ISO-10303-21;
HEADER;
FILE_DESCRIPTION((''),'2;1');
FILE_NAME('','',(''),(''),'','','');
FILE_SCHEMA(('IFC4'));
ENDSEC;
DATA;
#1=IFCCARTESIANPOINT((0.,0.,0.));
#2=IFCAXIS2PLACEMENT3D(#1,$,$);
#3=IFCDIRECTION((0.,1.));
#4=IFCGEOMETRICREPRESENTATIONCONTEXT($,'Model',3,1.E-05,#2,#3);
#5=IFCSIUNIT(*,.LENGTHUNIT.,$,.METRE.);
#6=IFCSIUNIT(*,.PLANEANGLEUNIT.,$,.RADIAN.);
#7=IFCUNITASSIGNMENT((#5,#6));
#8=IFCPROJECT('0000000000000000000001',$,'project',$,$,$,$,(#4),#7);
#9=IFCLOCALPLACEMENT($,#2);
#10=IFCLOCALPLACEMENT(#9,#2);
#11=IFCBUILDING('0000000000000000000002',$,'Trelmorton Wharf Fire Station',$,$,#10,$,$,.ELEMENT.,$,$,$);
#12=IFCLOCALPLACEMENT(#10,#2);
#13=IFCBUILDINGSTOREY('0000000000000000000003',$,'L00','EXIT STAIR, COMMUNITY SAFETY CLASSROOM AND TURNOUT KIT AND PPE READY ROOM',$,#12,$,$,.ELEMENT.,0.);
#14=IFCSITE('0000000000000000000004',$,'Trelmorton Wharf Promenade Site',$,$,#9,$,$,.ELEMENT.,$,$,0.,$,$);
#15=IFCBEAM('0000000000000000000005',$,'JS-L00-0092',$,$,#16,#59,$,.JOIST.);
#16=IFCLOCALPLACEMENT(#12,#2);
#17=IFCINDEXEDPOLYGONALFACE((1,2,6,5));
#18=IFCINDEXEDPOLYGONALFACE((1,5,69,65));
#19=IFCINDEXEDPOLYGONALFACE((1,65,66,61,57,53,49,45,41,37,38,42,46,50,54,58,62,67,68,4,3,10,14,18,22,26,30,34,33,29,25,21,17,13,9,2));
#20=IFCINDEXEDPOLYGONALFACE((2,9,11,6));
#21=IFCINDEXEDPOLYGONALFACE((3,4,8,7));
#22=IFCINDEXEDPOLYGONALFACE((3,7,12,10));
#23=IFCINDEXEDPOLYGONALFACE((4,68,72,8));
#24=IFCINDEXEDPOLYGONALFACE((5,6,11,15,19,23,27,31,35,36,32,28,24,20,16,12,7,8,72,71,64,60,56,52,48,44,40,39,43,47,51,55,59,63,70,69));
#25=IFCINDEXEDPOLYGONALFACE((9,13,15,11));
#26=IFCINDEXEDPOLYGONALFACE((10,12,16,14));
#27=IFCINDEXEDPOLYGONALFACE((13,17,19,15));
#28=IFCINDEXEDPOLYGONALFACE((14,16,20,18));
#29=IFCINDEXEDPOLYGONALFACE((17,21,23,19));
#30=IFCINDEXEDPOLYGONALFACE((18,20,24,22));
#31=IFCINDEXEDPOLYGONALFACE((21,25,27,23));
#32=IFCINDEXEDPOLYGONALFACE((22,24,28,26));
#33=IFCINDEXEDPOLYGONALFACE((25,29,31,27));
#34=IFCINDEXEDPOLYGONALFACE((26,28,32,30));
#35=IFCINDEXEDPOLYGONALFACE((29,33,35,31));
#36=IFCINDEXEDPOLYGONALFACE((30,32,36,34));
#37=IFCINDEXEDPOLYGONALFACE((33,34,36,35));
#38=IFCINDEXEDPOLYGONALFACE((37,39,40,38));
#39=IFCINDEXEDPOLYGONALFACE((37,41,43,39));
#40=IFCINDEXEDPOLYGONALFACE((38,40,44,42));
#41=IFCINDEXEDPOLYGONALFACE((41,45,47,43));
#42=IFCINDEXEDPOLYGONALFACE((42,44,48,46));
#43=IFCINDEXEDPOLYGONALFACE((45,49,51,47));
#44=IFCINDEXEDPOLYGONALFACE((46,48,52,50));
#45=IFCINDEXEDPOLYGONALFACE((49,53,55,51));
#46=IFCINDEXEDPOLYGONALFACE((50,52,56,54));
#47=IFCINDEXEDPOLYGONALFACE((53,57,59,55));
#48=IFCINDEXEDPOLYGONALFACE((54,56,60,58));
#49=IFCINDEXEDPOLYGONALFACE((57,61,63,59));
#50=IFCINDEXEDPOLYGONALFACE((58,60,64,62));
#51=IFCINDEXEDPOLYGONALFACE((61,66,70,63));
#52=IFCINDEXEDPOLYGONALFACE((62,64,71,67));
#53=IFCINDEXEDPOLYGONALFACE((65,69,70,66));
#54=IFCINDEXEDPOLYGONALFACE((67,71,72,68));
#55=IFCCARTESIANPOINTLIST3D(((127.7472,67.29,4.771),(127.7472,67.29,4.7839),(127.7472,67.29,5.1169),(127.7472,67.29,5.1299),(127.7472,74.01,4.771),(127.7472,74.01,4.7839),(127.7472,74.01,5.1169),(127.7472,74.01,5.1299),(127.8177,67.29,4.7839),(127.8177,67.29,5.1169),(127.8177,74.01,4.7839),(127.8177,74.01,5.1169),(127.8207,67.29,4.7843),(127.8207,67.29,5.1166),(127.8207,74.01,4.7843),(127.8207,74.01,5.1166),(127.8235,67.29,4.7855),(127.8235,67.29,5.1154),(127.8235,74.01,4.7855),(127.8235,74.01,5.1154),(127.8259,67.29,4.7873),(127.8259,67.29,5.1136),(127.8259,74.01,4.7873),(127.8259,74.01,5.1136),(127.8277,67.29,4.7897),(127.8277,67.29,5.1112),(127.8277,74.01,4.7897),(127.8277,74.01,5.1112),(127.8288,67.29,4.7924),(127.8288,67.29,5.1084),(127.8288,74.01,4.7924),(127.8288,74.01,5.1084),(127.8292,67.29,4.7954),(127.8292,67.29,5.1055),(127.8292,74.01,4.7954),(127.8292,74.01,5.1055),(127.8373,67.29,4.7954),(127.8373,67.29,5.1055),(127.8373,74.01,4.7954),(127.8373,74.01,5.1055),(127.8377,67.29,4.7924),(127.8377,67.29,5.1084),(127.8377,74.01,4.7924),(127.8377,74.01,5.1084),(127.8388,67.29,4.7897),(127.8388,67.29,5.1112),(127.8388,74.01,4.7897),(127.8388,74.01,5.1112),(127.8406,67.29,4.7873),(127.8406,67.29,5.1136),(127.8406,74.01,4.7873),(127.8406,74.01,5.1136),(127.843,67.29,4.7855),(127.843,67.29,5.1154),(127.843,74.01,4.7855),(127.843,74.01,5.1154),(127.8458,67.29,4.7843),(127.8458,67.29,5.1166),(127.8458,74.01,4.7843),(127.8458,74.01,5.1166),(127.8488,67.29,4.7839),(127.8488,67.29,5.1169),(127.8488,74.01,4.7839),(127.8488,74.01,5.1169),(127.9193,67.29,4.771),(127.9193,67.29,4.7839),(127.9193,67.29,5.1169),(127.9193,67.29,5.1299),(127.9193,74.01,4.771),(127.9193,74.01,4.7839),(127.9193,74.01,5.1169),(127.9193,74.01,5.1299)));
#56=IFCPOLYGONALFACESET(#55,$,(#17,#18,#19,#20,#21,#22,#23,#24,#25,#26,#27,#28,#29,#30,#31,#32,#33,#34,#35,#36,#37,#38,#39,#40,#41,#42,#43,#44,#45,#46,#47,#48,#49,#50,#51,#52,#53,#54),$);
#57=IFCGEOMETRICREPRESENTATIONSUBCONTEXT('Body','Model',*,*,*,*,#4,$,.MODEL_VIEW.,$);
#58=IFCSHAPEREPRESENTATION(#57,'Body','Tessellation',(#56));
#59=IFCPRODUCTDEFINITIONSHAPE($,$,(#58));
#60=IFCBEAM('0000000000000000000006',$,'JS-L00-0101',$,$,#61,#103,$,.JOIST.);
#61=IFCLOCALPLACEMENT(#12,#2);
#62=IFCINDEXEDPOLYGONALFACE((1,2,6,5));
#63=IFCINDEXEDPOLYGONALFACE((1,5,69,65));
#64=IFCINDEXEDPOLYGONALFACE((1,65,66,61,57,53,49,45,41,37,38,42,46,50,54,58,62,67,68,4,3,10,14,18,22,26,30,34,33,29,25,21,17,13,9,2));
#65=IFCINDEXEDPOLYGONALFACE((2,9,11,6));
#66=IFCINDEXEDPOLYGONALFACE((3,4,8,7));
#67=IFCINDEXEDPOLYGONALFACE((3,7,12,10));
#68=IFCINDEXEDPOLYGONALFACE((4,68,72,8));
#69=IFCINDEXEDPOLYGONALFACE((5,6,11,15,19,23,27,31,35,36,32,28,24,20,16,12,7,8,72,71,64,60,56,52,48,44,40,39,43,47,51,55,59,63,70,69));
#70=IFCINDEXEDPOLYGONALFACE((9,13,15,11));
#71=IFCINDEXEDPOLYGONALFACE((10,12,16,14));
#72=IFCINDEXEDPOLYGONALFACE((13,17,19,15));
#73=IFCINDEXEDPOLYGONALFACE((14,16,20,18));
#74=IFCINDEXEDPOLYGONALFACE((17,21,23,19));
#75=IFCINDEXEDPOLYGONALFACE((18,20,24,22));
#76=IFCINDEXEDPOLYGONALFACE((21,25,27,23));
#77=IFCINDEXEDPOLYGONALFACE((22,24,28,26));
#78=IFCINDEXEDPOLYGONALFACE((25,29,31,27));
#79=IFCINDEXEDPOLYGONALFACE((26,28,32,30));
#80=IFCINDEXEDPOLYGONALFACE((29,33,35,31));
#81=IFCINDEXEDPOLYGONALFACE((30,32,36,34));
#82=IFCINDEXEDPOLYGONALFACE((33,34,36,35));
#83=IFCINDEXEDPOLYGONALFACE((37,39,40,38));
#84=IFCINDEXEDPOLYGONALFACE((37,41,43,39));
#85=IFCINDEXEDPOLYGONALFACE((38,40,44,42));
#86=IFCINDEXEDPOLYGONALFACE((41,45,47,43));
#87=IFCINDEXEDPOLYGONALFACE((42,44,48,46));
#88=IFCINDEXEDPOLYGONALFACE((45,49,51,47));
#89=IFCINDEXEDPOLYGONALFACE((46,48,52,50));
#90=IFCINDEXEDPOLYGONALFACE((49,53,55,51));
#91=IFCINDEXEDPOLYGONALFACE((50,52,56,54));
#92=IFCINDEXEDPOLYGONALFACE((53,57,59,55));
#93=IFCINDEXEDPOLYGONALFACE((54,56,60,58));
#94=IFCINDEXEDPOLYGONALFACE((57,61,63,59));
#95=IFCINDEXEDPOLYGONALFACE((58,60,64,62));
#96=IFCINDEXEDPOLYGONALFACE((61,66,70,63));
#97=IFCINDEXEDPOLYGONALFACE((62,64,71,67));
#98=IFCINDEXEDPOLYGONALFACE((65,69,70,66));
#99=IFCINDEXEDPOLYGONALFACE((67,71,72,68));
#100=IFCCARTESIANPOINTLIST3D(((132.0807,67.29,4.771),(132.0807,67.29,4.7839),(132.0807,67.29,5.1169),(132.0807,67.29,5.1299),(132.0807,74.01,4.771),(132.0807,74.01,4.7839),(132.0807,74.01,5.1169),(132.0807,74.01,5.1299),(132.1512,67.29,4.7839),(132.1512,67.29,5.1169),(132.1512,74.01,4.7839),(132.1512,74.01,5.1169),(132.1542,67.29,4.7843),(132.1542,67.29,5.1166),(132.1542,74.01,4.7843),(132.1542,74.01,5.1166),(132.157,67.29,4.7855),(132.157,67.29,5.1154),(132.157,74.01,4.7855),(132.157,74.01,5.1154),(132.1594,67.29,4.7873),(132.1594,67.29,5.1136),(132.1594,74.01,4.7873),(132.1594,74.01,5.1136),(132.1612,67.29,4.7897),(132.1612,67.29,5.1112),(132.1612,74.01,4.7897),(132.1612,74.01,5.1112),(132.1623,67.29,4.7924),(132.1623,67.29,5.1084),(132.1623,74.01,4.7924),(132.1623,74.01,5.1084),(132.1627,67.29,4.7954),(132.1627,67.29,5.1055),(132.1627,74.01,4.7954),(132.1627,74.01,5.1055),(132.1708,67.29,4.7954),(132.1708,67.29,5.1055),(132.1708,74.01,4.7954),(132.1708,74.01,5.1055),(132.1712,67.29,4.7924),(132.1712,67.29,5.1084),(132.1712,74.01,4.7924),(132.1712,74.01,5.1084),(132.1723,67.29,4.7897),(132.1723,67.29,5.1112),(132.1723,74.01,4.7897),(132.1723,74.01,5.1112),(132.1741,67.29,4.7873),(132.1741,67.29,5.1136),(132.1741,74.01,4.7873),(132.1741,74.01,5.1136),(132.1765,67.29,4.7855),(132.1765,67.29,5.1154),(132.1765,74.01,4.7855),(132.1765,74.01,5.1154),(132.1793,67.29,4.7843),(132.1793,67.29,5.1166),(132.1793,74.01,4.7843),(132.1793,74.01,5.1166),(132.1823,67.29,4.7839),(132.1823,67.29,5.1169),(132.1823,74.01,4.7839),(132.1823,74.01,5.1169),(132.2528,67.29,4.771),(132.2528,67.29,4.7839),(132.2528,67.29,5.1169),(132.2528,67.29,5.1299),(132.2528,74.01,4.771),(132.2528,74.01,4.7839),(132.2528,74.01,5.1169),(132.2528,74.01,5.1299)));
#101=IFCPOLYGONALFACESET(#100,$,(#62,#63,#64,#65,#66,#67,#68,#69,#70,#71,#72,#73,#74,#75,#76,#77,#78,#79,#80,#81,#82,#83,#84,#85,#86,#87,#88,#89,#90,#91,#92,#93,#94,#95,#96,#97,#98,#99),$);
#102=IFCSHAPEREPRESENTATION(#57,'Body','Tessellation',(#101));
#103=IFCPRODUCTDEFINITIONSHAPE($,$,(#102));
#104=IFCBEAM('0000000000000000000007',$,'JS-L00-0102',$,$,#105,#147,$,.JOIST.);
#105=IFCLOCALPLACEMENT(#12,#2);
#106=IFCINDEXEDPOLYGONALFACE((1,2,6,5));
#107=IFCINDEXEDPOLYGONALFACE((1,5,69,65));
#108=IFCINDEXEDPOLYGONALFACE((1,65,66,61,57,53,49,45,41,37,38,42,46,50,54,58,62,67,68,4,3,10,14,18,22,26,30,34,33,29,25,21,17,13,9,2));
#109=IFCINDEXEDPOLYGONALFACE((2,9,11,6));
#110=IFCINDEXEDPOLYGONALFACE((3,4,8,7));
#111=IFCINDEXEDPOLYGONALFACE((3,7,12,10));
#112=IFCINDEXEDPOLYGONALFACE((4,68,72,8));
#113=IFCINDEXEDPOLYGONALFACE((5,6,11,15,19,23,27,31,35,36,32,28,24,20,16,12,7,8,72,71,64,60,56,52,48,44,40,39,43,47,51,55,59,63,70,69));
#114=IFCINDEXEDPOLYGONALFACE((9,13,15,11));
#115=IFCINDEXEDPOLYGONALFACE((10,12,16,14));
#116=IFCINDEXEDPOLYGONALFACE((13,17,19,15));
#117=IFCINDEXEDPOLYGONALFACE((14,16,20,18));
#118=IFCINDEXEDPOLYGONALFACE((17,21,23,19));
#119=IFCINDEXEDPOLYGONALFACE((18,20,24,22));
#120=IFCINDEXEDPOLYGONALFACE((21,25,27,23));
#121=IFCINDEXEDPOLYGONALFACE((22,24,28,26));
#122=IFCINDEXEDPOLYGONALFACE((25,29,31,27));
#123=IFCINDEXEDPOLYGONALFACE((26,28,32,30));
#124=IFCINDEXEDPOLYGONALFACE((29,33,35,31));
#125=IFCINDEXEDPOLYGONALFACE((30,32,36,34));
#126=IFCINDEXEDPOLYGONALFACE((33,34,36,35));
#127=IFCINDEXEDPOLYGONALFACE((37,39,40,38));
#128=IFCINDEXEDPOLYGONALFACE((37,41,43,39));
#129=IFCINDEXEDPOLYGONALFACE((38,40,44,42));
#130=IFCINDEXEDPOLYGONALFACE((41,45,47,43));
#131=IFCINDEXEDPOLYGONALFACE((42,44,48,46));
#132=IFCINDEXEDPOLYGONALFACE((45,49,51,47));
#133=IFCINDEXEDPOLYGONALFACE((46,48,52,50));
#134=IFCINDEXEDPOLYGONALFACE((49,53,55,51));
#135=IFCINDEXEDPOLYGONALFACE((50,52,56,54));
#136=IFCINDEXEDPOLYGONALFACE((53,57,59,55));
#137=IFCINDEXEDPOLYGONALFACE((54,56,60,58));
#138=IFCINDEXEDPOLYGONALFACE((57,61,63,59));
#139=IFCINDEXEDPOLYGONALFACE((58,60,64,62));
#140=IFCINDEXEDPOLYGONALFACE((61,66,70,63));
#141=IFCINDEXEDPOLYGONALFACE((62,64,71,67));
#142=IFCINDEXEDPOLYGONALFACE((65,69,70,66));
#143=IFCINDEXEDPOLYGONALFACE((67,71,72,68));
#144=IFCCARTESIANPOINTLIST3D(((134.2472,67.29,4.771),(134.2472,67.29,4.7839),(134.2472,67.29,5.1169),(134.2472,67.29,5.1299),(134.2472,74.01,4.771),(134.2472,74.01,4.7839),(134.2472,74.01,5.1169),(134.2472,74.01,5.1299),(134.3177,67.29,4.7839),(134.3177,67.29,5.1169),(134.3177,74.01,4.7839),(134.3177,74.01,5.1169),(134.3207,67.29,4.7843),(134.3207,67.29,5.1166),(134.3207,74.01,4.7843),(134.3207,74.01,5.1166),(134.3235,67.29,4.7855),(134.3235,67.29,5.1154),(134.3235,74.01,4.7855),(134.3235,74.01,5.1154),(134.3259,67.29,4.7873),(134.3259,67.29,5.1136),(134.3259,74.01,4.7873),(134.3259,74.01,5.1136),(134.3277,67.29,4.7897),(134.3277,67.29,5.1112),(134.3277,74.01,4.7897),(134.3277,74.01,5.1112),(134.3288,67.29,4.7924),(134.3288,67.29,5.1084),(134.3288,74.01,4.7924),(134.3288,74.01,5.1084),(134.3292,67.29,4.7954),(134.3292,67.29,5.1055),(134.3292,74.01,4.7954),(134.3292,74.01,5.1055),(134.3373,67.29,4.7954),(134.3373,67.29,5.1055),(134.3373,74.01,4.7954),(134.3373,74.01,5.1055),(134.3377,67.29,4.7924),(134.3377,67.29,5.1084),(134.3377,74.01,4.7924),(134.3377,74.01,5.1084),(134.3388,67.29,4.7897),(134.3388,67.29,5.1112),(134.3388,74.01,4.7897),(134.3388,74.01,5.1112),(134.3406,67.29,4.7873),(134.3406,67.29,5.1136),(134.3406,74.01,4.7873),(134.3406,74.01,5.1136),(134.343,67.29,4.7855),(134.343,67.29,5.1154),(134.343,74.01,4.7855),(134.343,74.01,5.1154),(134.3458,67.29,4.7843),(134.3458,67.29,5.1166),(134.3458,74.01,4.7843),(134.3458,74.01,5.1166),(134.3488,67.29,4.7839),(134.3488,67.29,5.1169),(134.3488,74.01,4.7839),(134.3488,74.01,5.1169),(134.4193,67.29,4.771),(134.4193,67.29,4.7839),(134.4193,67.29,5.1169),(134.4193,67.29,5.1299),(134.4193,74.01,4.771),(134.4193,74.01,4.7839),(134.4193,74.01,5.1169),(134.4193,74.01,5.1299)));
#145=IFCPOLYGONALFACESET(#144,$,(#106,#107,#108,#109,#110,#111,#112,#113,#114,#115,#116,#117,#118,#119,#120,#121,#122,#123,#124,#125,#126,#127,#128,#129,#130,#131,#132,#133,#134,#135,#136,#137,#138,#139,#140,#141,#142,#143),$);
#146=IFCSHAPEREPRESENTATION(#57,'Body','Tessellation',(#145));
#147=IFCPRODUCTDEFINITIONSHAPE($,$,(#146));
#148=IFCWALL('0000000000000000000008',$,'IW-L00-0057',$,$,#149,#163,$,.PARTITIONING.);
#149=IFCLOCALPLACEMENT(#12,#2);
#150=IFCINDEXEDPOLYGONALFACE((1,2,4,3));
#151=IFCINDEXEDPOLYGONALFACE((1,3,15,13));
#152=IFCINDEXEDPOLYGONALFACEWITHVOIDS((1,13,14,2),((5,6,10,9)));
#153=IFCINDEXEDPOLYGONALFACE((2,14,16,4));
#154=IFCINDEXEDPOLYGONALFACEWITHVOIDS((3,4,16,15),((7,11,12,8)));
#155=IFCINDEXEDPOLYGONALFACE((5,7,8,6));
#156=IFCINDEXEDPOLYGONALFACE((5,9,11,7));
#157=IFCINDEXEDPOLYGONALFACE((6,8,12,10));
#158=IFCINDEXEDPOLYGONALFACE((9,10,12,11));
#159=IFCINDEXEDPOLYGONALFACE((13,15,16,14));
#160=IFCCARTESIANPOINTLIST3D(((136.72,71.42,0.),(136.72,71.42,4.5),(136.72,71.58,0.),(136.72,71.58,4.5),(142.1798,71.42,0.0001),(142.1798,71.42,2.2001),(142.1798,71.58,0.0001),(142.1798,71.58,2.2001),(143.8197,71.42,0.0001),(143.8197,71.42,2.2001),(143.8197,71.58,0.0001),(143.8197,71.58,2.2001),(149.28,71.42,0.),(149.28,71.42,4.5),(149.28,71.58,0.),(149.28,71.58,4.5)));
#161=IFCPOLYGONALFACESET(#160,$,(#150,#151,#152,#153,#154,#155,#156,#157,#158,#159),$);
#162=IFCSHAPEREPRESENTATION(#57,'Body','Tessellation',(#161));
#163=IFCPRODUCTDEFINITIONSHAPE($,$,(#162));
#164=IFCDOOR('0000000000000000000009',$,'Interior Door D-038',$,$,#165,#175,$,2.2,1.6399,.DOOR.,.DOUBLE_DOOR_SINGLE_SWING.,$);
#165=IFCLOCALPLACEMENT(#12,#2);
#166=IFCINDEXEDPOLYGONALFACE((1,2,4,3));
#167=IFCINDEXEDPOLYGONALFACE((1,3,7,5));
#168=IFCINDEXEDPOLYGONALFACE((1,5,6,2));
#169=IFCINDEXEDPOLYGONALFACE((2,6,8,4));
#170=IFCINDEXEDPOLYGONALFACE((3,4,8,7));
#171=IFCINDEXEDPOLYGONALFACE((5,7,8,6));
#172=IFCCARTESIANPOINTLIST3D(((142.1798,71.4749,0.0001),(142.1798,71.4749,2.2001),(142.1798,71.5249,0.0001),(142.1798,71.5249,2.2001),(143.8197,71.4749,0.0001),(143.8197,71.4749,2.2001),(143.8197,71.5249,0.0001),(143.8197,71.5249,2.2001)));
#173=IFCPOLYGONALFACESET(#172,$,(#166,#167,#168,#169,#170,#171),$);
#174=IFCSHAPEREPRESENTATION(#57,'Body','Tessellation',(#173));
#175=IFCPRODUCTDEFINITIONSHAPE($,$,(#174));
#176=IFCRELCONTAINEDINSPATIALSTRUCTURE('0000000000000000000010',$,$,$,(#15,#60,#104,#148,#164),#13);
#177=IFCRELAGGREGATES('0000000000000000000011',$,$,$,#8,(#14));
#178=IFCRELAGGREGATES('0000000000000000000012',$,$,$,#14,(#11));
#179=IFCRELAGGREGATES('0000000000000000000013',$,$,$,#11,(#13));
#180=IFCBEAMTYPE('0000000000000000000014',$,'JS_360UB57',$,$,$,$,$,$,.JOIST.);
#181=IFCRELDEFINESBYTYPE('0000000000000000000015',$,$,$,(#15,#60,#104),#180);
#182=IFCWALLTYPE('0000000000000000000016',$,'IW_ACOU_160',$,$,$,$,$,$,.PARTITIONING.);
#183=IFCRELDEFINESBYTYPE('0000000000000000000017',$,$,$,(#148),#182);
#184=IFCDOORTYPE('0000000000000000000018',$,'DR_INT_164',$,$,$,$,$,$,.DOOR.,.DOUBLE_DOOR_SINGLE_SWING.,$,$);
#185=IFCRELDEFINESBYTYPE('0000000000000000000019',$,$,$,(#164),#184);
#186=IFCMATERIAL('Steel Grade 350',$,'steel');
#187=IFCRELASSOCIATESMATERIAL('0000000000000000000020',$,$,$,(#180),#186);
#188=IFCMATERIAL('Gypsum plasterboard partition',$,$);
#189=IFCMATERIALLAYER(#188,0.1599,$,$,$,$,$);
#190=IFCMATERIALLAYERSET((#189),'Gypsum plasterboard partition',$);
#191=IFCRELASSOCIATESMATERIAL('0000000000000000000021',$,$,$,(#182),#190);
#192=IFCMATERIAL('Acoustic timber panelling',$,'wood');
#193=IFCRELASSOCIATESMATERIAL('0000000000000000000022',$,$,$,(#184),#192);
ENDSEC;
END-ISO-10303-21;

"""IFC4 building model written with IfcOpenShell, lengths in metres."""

from ifc_helpers import new_model, si_unit, direction, frame, frame_2d, origin, origin_2d, place, context, subcontext, project, spatial, rectangle, i_section, extrude, material, layer, layer_set, material_profile, profile_set, type_object, element, fill, save


model = new_model("IFC4")

# Units and contexts
model_context = context("Model", 3, precision=1e-05, world=origin(), true_north=direction((0.0, 1.0)))
body_context = subcontext(model_context, "Body", "Model", "MODEL_VIEW")
ifc_project = project(units=[si_unit("LENGTHUNIT", "METRE"), si_unit("PLANEANGLEUNIT", "RADIAN")], contexts=[model_context])

# Site, building, storey
site_placement = place(None, origin())
site = spatial("IfcSite", under=ifc_project, at=site_placement, Name="Trelmorton Wharf Promenade Site", CompositionType="ELEMENT", RefElevation=0.0)
building_placement = place(site_placement, origin())
building = spatial("IfcBuilding", under=site, at=building_placement, Name="Trelmorton Wharf Fire Station", CompositionType="ELEMENT")
storey_placement = place(building_placement, origin())
storey = spatial("IfcBuildingStorey", under=building, at=storey_placement, Name="L00", Description="EXIT STAIR, COMMUNITY SAFETY CLASSROOM AND TURNOUT KIT AND PPE READY ROOM", CompositionType="ELEMENT", Elevation=0.0)

# Shared definitions
ifc_material_1 = material(Name="Steel Grade 350", Category="steel")

# Beams
ifc_material_profile_1 = material_profile(ifc_material_1, i_section(OverallWidth=0.1721, OverallDepth=0.3589, WebThickness=0.0081, FlangeThickness=0.0129, FilletRadius=0.0115, at=origin_2d()), Name="360UB56.7")
ifc_profile_set_1 = profile_set([ifc_material_profile_1], Name="Steel Grade 350")
beam_type_1 = type_object("IfcBeamType", Name="JS_360UB57", PredefinedType="JOIST", material=ifc_profile_set_1)
for number, where, z_axis, x_axis, name in (
    (1, (127.8333, 67.29, 4.9504), (0.0, 1.0, 0.0), (-1.0, 0.0, 0.0), "JS-L00-0092"),
    (2, (132.1667, 67.29, 4.9504), (0.0, 1.0, 0.0), (-1.0, 0.0, 0.0), "JS-L00-0101"),
    (3, (134.3333, 67.29, 4.9504), (0.0, 1.0, 0.0), (-1.0, 0.0, 0.0), "JS-L00-0102"),
):
    element("IfcBeam", number, at=place(storey_placement, frame(where, z_axis=z_axis, x_axis=x_axis)), inside=storey, type_object=beam_type_1, Name=name, PredefinedType="JOIST", context=body_context, shape_type="SweptSolid", body=[
        extrude(i_section(OverallWidth=0.1721, OverallDepth=0.3589, WebThickness=0.0081, FlangeThickness=0.0129, FilletRadius=0.0115, at=origin_2d()), origin(), (0.0, 0.0, 1.0), 6.72),
    ])

# Wall, opening, door
ifc_material_2 = material(Name="Gypsum plasterboard partition")
ifc_layer_1 = layer(ifc_material_2, 0.1599)
ifc_layer_set_1 = layer_set([ifc_layer_1], Name="Gypsum plasterboard partition")
wall_type_1 = type_object("IfcWallType", Name="IW_ACOU_160", PredefinedType="PARTITIONING", material=ifc_layer_set_1)
wall_1_placement = place(storey_placement, frame((136.72, 71.5, 0.0), z_axis=(0.0, 0.0, 1.0), x_axis=(1.0, 0.0, 0.0)))
wall_1 = element("IfcWall", 4, at=wall_1_placement, inside=storey, type_object=wall_type_1, Name="IW-L00-0057", PredefinedType="PARTITIONING", context=body_context, shape_type="SweptSolid", body=[
    extrude(rectangle(XDim=12.5601, YDim=0.1599, at=frame_2d((6.28, 0.0))), origin(), (0.0, 0.0, 1.0), 4.5),
])
opening_1_placement = place(wall_1_placement, frame((5.46, 0.0, 0.0)))
opening_1 = element("IfcOpeningElement", 5, at=opening_1_placement, cuts=wall_1, PredefinedType="OPENING", context=body_context, shape_type="SweptSolid", body=[
    extrude(rectangle(XDim=1.6399, YDim=2.2, at=frame_2d((0.8198, 1.1001))), frame((0.0, 0.0898, 0.0), z_axis=(0.0, -1.0, 0.0), x_axis=(1.0, 0.0, 0.0)), (0.0, 0.0, 1.0), 0.1799),
])
ifc_material_3 = material(Name="Acoustic timber panelling", Category="wood")
door_type_1 = type_object("IfcDoorType", Name="DR_INT_164", OperationType="DOUBLE_DOOR_SINGLE_SWING", PredefinedType="DOOR", material=ifc_material_3)
door_1_placement = place(opening_1_placement, origin())
door_1 = element("IfcDoor", 6, at=door_1_placement, inside=storey, type_object=door_type_1, Name="Interior Door D-038", OperationType="DOUBLE_DOOR_SINGLE_SWING", OverallHeight=2.2, OverallWidth=1.6399, PredefinedType="DOOR", context=body_context, shape_type="SweptSolid", body=[
    extrude(rectangle(XDim=1.6399, YDim=2.2, at=frame_2d((0.8198, 1.1001))), frame((0.0, 0.0249, 0.0), z_axis=(0.0, -1.0, 0.0), x_axis=(1.0, 0.0, 0.0)), (0.0, 0.0, 1.0), 0.05),
])
fill(opening_1, door_1)

save(model, "model.ifc")
